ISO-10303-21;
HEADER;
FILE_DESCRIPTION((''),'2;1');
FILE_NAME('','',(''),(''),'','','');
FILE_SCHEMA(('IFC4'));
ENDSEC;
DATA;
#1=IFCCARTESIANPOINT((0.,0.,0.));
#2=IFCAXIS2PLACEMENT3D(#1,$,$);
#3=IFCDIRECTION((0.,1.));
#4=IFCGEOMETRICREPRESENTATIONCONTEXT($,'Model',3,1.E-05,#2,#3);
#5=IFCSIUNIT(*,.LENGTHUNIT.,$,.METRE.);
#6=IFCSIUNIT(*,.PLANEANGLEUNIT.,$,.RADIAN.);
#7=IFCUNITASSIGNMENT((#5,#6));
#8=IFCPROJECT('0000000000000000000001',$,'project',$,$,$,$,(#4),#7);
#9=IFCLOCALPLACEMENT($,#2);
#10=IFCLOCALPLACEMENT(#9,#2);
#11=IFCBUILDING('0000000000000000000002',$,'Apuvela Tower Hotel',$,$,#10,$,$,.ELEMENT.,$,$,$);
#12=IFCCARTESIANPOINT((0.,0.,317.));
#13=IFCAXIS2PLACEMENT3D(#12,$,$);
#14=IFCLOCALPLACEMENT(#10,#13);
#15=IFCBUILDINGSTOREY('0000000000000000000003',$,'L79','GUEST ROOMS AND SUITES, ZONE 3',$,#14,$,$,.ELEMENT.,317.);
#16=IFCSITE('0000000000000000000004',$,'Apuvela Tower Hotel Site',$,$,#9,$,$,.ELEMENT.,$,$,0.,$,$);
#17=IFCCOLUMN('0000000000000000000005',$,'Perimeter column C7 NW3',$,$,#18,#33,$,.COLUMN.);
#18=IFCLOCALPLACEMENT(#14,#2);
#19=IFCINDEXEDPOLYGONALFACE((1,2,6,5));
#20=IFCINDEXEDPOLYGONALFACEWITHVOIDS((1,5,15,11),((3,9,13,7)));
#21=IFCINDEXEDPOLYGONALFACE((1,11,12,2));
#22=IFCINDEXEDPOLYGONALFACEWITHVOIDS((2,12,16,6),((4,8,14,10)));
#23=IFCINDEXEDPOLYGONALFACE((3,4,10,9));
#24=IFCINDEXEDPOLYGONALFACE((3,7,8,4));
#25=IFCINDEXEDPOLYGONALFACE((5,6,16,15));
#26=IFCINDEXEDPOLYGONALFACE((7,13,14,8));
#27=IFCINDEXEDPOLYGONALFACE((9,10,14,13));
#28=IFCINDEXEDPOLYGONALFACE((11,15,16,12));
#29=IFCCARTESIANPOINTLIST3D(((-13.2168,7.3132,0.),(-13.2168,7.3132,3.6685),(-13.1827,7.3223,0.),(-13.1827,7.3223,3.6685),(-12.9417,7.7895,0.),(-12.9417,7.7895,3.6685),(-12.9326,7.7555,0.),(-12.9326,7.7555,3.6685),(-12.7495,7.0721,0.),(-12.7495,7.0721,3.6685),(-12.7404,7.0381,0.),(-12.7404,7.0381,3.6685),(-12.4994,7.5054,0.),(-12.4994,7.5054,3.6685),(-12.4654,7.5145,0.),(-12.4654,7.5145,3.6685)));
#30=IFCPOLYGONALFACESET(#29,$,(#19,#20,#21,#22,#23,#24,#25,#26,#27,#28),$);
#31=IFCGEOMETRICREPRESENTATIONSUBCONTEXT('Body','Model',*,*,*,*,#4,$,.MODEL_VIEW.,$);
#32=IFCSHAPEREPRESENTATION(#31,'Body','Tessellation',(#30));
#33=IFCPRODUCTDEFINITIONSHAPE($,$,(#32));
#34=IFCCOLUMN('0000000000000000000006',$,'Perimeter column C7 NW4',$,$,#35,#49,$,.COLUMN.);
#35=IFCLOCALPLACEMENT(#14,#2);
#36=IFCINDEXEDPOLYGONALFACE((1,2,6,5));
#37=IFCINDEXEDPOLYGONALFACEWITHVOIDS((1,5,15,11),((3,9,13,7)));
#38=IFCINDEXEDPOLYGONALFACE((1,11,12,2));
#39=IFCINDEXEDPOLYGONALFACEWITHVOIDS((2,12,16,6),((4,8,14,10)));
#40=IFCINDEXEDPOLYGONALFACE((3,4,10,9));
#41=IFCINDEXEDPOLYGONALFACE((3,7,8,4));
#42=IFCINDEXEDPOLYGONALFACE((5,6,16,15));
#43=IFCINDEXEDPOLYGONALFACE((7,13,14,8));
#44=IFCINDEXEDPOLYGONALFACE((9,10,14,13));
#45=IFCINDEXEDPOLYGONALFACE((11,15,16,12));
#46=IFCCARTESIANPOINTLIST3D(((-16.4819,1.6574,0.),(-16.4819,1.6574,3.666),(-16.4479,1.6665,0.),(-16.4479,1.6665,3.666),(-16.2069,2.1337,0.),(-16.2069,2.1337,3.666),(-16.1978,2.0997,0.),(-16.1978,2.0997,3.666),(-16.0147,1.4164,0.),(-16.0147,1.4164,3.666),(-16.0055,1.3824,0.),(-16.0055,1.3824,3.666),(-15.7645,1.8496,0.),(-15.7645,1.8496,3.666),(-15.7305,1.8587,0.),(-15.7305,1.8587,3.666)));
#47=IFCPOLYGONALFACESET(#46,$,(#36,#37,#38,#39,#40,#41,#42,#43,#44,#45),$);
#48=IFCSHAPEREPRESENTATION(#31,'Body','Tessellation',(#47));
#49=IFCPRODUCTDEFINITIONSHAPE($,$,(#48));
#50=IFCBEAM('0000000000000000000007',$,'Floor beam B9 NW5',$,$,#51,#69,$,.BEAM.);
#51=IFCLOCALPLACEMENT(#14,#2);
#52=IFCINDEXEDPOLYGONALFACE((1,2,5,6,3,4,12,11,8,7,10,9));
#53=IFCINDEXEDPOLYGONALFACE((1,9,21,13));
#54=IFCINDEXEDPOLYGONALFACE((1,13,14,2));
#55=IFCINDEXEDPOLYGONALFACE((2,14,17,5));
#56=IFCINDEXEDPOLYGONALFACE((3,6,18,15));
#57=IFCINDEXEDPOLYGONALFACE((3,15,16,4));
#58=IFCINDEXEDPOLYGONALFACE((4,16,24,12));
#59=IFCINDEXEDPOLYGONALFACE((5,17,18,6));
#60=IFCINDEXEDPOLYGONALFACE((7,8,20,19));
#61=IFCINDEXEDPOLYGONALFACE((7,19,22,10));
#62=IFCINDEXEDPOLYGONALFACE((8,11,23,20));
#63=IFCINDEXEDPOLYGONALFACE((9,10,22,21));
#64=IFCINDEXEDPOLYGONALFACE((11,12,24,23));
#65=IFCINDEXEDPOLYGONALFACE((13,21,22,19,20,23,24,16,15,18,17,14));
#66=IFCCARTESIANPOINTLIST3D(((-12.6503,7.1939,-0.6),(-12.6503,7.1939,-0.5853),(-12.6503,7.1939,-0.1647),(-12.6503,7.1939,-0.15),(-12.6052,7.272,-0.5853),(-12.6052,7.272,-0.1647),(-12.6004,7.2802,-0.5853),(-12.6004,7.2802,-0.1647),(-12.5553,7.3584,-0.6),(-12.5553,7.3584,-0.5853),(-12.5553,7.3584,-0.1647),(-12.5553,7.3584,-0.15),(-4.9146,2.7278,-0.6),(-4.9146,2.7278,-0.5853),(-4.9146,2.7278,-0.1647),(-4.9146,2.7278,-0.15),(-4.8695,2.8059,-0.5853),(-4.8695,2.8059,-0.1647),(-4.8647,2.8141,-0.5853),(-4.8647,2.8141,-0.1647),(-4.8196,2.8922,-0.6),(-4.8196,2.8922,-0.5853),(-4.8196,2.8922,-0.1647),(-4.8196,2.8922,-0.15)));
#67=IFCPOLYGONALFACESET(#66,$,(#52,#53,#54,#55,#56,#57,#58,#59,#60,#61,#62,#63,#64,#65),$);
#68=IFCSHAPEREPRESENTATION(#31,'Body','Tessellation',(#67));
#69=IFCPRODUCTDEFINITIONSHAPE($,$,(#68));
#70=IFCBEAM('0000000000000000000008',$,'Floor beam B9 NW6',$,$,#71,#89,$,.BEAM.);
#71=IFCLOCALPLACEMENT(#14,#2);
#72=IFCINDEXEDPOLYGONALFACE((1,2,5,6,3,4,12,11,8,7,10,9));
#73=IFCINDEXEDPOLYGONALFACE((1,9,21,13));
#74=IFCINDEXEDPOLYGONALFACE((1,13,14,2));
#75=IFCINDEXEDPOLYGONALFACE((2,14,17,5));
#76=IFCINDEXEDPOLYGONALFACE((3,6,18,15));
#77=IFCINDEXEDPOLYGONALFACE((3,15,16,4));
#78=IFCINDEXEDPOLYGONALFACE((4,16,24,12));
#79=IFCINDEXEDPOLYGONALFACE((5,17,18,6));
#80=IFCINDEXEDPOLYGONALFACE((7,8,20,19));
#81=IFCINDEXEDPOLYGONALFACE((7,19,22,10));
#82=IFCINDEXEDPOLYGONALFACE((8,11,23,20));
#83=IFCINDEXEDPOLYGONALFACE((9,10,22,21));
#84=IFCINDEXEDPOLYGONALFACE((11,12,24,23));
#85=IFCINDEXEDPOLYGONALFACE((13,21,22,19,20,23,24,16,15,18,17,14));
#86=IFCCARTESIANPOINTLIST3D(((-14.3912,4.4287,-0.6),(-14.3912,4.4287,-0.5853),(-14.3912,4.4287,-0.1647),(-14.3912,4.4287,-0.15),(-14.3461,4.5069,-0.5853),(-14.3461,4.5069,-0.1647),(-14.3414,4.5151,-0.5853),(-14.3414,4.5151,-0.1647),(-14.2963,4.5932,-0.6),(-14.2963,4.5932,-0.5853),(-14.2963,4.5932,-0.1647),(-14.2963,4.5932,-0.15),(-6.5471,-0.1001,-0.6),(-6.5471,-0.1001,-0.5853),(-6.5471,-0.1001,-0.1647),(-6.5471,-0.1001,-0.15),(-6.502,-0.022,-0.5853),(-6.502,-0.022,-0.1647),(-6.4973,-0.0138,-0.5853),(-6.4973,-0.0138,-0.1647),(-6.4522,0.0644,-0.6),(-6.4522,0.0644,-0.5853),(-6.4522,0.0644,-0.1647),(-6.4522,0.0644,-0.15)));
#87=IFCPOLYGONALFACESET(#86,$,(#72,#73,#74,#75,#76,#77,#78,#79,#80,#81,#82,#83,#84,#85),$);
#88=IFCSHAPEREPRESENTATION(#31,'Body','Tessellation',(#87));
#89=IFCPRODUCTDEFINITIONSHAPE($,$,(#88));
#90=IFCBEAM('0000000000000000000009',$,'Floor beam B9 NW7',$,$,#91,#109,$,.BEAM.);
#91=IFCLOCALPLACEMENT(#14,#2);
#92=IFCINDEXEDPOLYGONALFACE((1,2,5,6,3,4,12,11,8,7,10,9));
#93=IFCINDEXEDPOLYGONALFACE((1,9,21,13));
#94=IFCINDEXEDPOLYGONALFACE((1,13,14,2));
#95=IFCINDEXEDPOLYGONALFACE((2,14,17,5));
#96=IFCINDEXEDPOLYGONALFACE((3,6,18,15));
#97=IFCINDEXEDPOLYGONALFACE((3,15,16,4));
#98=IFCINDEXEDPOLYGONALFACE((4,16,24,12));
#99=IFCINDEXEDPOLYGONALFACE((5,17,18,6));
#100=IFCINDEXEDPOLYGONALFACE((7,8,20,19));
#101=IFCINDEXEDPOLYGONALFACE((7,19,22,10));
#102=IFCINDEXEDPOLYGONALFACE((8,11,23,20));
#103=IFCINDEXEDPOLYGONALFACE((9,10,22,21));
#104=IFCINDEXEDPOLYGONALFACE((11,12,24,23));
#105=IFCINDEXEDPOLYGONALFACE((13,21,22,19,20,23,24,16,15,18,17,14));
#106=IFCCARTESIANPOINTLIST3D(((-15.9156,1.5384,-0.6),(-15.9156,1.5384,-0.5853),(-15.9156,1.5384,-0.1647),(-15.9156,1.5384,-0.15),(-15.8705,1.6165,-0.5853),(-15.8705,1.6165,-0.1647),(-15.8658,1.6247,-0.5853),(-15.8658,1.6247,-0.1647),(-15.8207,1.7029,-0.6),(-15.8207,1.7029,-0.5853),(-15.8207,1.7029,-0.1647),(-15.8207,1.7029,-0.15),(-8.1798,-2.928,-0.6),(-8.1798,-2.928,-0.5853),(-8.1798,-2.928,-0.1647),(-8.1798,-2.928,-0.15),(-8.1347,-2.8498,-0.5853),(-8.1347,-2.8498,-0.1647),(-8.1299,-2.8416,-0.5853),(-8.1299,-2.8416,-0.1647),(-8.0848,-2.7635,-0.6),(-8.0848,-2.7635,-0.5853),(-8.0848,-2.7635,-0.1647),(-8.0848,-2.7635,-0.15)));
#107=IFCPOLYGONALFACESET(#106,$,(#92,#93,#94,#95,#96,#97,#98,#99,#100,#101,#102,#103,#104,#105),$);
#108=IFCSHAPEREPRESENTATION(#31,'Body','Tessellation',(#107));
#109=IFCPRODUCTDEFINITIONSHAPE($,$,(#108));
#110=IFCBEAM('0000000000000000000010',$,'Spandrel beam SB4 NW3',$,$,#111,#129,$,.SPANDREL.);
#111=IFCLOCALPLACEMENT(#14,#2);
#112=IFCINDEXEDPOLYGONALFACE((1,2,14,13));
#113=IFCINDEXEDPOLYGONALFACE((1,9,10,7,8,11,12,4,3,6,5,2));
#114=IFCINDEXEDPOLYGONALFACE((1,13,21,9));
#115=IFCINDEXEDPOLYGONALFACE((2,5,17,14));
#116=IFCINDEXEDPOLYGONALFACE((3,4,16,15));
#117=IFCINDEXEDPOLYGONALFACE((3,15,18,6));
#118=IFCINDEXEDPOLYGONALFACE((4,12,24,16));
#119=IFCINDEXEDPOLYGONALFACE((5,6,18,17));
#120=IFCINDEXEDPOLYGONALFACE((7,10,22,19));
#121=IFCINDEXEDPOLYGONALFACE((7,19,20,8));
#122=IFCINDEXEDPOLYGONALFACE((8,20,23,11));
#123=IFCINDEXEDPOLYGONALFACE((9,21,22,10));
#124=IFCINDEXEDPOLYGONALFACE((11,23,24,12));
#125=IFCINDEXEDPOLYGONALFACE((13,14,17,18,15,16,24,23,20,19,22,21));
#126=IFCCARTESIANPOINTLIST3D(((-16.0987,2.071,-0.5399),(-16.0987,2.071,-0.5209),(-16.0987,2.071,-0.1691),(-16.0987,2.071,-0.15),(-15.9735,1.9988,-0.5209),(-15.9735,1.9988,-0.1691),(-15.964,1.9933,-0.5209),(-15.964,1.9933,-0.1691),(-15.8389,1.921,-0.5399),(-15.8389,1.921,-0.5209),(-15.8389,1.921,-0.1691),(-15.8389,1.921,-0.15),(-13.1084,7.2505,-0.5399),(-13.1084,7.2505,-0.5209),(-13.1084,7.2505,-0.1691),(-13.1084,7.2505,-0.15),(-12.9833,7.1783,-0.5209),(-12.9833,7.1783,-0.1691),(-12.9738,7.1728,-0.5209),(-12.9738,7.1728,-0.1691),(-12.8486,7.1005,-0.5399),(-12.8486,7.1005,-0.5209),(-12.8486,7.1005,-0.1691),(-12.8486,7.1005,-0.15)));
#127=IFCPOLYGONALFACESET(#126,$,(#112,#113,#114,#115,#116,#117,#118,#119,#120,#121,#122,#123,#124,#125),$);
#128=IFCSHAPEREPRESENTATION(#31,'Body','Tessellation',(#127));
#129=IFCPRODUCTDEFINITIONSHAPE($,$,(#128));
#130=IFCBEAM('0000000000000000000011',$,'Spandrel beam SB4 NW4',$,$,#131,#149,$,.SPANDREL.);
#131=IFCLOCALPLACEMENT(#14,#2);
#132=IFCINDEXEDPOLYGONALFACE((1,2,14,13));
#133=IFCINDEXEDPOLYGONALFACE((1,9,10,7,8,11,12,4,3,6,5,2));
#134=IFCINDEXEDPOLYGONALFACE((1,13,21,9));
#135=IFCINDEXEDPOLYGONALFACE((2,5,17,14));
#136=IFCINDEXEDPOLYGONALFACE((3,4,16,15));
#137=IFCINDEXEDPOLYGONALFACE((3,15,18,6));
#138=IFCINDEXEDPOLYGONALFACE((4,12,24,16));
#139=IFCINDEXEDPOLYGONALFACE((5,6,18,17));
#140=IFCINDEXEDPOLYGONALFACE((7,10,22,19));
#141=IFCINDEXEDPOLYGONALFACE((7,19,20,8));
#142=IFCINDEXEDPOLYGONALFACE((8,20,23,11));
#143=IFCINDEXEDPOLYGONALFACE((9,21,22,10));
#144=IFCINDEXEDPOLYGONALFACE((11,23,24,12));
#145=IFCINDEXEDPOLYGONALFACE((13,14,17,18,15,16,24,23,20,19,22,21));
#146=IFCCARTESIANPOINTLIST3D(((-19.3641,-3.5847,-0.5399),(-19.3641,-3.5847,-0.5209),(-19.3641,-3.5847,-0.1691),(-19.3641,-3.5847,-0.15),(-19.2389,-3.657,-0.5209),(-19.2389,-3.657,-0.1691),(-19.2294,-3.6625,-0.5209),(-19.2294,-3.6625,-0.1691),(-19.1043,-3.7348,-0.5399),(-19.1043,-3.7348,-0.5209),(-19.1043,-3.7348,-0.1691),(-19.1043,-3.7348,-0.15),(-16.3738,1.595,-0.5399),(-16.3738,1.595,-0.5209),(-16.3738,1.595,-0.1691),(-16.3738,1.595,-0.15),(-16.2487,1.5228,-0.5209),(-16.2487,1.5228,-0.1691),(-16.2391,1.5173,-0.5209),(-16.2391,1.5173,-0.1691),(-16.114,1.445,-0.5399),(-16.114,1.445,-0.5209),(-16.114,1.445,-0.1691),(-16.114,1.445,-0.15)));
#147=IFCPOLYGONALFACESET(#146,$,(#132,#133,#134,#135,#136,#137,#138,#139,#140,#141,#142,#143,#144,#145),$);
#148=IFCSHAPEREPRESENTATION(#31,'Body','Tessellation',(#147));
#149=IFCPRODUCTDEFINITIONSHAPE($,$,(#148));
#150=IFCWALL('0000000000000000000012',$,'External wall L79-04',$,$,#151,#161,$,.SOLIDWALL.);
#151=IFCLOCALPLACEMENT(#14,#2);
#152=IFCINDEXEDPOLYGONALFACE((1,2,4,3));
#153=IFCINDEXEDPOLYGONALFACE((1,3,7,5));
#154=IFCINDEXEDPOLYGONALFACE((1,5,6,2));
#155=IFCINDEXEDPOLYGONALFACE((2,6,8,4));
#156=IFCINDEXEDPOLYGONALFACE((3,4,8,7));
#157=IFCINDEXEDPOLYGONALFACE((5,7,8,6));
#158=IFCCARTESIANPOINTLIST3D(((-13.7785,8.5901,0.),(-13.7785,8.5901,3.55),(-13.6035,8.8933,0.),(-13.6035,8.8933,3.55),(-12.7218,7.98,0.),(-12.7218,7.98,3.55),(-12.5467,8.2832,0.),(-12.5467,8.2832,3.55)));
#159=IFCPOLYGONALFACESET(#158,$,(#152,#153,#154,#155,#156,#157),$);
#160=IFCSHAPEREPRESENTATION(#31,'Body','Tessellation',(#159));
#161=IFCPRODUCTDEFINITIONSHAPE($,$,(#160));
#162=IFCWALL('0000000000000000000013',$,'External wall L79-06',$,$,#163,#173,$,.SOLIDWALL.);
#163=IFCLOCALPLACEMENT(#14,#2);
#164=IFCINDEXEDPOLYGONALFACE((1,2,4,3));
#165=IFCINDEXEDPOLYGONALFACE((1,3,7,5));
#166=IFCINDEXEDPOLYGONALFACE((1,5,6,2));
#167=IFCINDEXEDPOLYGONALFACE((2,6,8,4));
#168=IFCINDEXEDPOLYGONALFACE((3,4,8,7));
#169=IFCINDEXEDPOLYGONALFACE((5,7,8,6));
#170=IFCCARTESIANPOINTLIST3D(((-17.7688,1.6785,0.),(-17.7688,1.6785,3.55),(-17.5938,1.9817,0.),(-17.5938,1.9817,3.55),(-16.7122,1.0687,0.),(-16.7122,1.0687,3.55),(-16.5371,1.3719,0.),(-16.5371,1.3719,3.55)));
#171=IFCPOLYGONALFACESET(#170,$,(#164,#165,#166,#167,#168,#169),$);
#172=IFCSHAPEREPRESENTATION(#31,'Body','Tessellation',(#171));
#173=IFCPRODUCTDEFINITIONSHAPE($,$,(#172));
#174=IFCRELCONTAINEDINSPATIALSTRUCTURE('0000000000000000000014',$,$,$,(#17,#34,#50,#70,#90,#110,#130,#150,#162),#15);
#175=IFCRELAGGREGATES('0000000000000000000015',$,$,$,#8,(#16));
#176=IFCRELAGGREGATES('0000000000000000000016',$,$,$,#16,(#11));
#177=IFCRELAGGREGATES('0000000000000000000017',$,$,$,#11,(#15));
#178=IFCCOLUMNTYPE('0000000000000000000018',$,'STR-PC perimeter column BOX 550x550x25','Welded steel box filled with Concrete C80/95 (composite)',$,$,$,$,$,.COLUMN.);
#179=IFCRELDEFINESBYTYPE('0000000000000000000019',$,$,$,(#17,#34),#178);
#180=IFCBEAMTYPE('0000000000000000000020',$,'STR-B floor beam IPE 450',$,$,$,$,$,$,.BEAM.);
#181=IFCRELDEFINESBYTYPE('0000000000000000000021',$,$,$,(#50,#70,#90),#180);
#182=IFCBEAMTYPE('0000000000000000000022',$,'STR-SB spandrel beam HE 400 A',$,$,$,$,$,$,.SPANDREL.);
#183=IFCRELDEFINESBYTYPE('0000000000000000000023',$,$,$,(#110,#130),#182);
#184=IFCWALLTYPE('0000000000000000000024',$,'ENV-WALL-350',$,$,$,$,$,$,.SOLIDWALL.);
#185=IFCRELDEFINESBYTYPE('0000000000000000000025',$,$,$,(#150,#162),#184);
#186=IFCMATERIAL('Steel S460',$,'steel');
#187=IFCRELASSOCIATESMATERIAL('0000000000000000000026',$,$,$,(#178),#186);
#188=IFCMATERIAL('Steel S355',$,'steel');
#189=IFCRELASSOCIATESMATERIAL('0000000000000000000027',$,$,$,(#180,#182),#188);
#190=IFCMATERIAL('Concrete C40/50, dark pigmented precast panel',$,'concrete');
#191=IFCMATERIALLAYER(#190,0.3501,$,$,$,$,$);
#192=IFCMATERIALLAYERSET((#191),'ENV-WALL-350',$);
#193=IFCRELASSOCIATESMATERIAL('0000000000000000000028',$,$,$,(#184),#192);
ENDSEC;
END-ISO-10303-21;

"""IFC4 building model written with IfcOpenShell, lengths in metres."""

from ifc_helpers import new_model, si_unit, direction, frame, frame_2d, origin, origin_2d, place, context, subcontext, project, spatial, rectangle, hollow_rectangle, i_section, extrude, boolean, halfspace, material, layer, layer_set, material_profile, profile_set, type_object, element, save


model = new_model("IFC4")

# Units and contexts
model_context = context("Model", 3, precision=1e-05, world=origin(), true_north=direction((0.0, 1.0)))
body_context = subcontext(model_context, "Body", "Model", "MODEL_VIEW")
ifc_project = project(units=[si_unit("LENGTHUNIT", "METRE"), si_unit("PLANEANGLEUNIT", "RADIAN")], contexts=[model_context])

# Site, building, storey
site_placement = place(None, origin())
site = spatial("IfcSite", under=ifc_project, at=site_placement, Name="Apuvela Tower Hotel Site", CompositionType="ELEMENT", RefElevation=0.0)
building_placement = place(site_placement, origin())
building = spatial("IfcBuilding", under=site, at=building_placement, Name="Apuvela Tower Hotel", CompositionType="ELEMENT")
storey_placement = place(building_placement, frame((0.0, 0.0, 317.0)))
storey = spatial("IfcBuildingStorey", under=building, at=storey_placement, Name="L79", Description="GUEST ROOMS AND SUITES, ZONE 3", CompositionType="ELEMENT", Elevation=317.0)

# Columns
ifc_material_1 = material(Name="Steel S460", Category="steel")
ifc_material_profile_1 = material_profile(ifc_material_1, hollow_rectangle(XDim=0.55, YDim=0.55, WallThickness=0.0249, at=origin_2d()), Name="BOX 550x550x25")
ifc_material_2 = material(Name="Concrete C80/95", Category="concrete")
ifc_material_profile_2 = material_profile(ifc_material_2, rectangle(XDim=0.5, YDim=0.5, at=origin_2d()), Name="Concrete C80/95 infill")
ifc_profile_set_1 = profile_set([ifc_material_profile_1, ifc_material_profile_2], Name="Steel S460")
column_type = type_object("IfcColumnType", Name="STR-PC perimeter column BOX 550x550x25", Description="Welded steel box filled with Concrete C80/95 (composite)", PredefinedType="COLUMN", material=ifc_profile_set_1)
column_1_placement = place(storey_placement, frame((-12.8411, 7.4138, 0.0), z_axis=(0.0, 0.0, 1.0), x_axis=(0.5, 0.866025, 0.0)))
element("IfcColumn", 1, at=column_1_placement, inside=storey, type_object=column_type, Name="Perimeter column C7 NW3", PredefinedType="COLUMN", context=body_context, shape_type="SweptSolid", body=[
    boolean("DIFFERENCE", extrude(hollow_rectangle(XDim=0.55, YDim=0.55, WallThickness=0.0249, at=origin_2d()), origin(), (0.0, 0.0, 1.0), 3.7), halfspace(frame((0.0, 0.0, 3.6685), z_axis=(0.0, 0.0, 1.0), x_axis=(1.0, 0.0, 0.0)), False)),
])
column_2_placement = place(storey_placement, frame((-16.1062, 1.7581, 0.0), z_axis=(0.0, 0.0, 1.0), x_axis=(0.5, 0.866025, 0.0)))
element("IfcColumn", 2, at=column_2_placement, inside=storey, type_object=column_type, Name="Perimeter column C7 NW4", PredefinedType="COLUMN", context=body_context, shape_type="SweptSolid", body=[
    boolean("DIFFERENCE", extrude(hollow_rectangle(XDim=0.55, YDim=0.55, WallThickness=0.0249, at=origin_2d()), origin(), (0.0, 0.0, 1.0), 3.7), halfspace(frame((0.0, 0.0, 3.666), z_axis=(0.0, 0.0, 1.0), x_axis=(1.0, 0.0, 0.0)), False)),
])

# Beams
ifc_material_3 = material(Name="Steel S355", Category="steel")
ifc_material_profile_3 = material_profile(ifc_material_3, i_section(OverallWidth=0.1899, OverallDepth=0.45, WebThickness=0.0095, FlangeThickness=0.0146, at=origin_2d()), Name="IPE 450")
ifc_profile_set_2 = profile_set([ifc_material_profile_3], Name="Steel S355")
beam_type_1 = type_object("IfcBeamType", Name="STR-B floor beam IPE 450", PredefinedType="BEAM", material=ifc_profile_set_2)
beam_1_placement = place(storey_placement, frame((-12.6028, 7.2761, -0.375), z_axis=(0.866029, -0.499993, 0.0), x_axis=(0.499993, 0.866029, 0.0)))
element("IfcBeam", 3, at=beam_1_placement, inside=storey, type_object=beam_type_1, Name="Floor beam B9 NW5", PredefinedType="BEAM", context=body_context, shape_type="SweptSolid", body=[
    extrude(i_section(OverallWidth=0.1899, OverallDepth=0.45, WebThickness=0.0095, FlangeThickness=0.0146, at=origin_2d()), origin(), (0.0, 0.0, 1.0), 8.9324),
])
beam_2_placement = place(storey_placement, frame((-14.3438, 4.511, -0.375), z_axis=(0.866022, -0.500006, 0.0), x_axis=(0.500006, 0.866022, 0.0)))
element("IfcBeam", 4, at=beam_2_placement, inside=storey, type_object=beam_type_1, Name="Floor beam B9 NW6", PredefinedType="BEAM", context=body_context, shape_type="SweptSolid", body=[
    extrude(i_section(OverallWidth=0.1899, OverallDepth=0.45, WebThickness=0.0095, FlangeThickness=0.0146, at=origin_2d()), origin(), (0.0, 0.0, 1.0), 9.0576),
])
beam_3_placement = place(storey_placement, frame((-15.8682, 1.6206, -0.375), z_axis=(0.866024, -0.500002, 0.0), x_axis=(0.500002, 0.866024, 0.0)))
element("IfcBeam", 5, at=beam_3_placement, inside=storey, type_object=beam_type_1, Name="Floor beam B9 NW7", PredefinedType="BEAM", context=body_context, shape_type="SweptSolid", body=[
    extrude(i_section(OverallWidth=0.1899, OverallDepth=0.45, WebThickness=0.0095, FlangeThickness=0.0146, at=origin_2d()), origin(), (0.0, 0.0, 1.0), 8.9326),
])
ifc_material_profile_4 = material_profile(ifc_material_3, i_section(OverallWidth=0.3, OverallDepth=0.3899, WebThickness=0.011, FlangeThickness=0.019, at=origin_2d()), Name="HE 400 A")
ifc_profile_set_3 = profile_set([ifc_material_profile_4], Name="Steel S355")
beam_type_2 = type_object("IfcBeamType", Name="STR-SB spandrel beam HE 400 A", PredefinedType="SPANDREL", material=ifc_profile_set_3)
beam_4_placement = place(storey_placement, frame((-12.9785, 7.1755, -0.345), z_axis=(-0.499985, -0.866034, 0.0), x_axis=(0.866034, -0.499985, 0.0)))
element("IfcBeam", 6, at=beam_4_placement, inside=storey, type_object=beam_type_2, Name="Spandrel beam SB4 NW3", PredefinedType="SPANDREL", context=body_context, shape_type="SweptSolid", body=[
    extrude(i_section(OverallWidth=0.3, OverallDepth=0.3899, WebThickness=0.011, FlangeThickness=0.019, at=origin_2d()), origin(), (0.0, 0.0, 1.0), 5.9807),
])
beam_5_placement = place(storey_placement, frame((-16.2439, 1.52, -0.345), z_axis=(-0.499967, -0.866044, 0.0), x_axis=(0.866044, -0.499967, 0.0)))
element("IfcBeam", 7, at=beam_5_placement, inside=storey, type_object=beam_type_2, Name="Spandrel beam SB4 NW4", PredefinedType="SPANDREL", context=body_context, shape_type="SweptSolid", body=[
    extrude(i_section(OverallWidth=0.3, OverallDepth=0.3899, WebThickness=0.011, FlangeThickness=0.019, at=origin_2d()), origin(), (0.0, 0.0, 1.0), 5.981),
])

# Wall
ifc_material_4 = material(Name="Concrete C40/50, dark pigmented precast panel", Category="concrete")
ifc_layer_1 = layer(ifc_material_4, 0.3501)
ifc_layer_set_1 = layer_set([ifc_layer_1], Name="ENV-WALL-350")
wall_type_1 = type_object("IfcWallType", Name="ENV-WALL-350", PredefinedType="SOLIDWALL", material=ifc_layer_set_1)
wall_1_placement = place(storey_placement, frame((-12.6343, 8.1316, 0.0), z_axis=(0.0, 0.0, 1.0), x_axis=(-0.866006, 0.500034, 0.0)))
element("IfcWall", 8, at=wall_1_placement, inside=storey, type_object=wall_type_1, Name="External wall L79-04", PredefinedType="SOLIDWALL", context=body_context, shape_type="SweptSolid", body=[
    extrude(rectangle(XDim=1.2202, YDim=0.3501, at=frame_2d((0.6101, 0.0))), origin(), (0.0, 0.0, 1.0), 3.55),
])

# Wall
wall_2_placement = place(storey_placement, frame((-17.6812, 1.8301, 0.0), z_axis=(0.0, 0.0, 1.0), x_axis=(0.866092, -0.499884, 0.0)))
element("IfcWall", 9, at=wall_2_placement, inside=storey, type_object=wall_type_1, Name="External wall L79-06", PredefinedType="SOLIDWALL", context=body_context, shape_type="SweptSolid", body=[
    extrude(rectangle(XDim=1.22, YDim=0.3501, at=frame_2d((0.6099, 0.0))), origin(), (0.0, 0.0, 1.0), 3.55),
])

save(model, "model.ifc")
